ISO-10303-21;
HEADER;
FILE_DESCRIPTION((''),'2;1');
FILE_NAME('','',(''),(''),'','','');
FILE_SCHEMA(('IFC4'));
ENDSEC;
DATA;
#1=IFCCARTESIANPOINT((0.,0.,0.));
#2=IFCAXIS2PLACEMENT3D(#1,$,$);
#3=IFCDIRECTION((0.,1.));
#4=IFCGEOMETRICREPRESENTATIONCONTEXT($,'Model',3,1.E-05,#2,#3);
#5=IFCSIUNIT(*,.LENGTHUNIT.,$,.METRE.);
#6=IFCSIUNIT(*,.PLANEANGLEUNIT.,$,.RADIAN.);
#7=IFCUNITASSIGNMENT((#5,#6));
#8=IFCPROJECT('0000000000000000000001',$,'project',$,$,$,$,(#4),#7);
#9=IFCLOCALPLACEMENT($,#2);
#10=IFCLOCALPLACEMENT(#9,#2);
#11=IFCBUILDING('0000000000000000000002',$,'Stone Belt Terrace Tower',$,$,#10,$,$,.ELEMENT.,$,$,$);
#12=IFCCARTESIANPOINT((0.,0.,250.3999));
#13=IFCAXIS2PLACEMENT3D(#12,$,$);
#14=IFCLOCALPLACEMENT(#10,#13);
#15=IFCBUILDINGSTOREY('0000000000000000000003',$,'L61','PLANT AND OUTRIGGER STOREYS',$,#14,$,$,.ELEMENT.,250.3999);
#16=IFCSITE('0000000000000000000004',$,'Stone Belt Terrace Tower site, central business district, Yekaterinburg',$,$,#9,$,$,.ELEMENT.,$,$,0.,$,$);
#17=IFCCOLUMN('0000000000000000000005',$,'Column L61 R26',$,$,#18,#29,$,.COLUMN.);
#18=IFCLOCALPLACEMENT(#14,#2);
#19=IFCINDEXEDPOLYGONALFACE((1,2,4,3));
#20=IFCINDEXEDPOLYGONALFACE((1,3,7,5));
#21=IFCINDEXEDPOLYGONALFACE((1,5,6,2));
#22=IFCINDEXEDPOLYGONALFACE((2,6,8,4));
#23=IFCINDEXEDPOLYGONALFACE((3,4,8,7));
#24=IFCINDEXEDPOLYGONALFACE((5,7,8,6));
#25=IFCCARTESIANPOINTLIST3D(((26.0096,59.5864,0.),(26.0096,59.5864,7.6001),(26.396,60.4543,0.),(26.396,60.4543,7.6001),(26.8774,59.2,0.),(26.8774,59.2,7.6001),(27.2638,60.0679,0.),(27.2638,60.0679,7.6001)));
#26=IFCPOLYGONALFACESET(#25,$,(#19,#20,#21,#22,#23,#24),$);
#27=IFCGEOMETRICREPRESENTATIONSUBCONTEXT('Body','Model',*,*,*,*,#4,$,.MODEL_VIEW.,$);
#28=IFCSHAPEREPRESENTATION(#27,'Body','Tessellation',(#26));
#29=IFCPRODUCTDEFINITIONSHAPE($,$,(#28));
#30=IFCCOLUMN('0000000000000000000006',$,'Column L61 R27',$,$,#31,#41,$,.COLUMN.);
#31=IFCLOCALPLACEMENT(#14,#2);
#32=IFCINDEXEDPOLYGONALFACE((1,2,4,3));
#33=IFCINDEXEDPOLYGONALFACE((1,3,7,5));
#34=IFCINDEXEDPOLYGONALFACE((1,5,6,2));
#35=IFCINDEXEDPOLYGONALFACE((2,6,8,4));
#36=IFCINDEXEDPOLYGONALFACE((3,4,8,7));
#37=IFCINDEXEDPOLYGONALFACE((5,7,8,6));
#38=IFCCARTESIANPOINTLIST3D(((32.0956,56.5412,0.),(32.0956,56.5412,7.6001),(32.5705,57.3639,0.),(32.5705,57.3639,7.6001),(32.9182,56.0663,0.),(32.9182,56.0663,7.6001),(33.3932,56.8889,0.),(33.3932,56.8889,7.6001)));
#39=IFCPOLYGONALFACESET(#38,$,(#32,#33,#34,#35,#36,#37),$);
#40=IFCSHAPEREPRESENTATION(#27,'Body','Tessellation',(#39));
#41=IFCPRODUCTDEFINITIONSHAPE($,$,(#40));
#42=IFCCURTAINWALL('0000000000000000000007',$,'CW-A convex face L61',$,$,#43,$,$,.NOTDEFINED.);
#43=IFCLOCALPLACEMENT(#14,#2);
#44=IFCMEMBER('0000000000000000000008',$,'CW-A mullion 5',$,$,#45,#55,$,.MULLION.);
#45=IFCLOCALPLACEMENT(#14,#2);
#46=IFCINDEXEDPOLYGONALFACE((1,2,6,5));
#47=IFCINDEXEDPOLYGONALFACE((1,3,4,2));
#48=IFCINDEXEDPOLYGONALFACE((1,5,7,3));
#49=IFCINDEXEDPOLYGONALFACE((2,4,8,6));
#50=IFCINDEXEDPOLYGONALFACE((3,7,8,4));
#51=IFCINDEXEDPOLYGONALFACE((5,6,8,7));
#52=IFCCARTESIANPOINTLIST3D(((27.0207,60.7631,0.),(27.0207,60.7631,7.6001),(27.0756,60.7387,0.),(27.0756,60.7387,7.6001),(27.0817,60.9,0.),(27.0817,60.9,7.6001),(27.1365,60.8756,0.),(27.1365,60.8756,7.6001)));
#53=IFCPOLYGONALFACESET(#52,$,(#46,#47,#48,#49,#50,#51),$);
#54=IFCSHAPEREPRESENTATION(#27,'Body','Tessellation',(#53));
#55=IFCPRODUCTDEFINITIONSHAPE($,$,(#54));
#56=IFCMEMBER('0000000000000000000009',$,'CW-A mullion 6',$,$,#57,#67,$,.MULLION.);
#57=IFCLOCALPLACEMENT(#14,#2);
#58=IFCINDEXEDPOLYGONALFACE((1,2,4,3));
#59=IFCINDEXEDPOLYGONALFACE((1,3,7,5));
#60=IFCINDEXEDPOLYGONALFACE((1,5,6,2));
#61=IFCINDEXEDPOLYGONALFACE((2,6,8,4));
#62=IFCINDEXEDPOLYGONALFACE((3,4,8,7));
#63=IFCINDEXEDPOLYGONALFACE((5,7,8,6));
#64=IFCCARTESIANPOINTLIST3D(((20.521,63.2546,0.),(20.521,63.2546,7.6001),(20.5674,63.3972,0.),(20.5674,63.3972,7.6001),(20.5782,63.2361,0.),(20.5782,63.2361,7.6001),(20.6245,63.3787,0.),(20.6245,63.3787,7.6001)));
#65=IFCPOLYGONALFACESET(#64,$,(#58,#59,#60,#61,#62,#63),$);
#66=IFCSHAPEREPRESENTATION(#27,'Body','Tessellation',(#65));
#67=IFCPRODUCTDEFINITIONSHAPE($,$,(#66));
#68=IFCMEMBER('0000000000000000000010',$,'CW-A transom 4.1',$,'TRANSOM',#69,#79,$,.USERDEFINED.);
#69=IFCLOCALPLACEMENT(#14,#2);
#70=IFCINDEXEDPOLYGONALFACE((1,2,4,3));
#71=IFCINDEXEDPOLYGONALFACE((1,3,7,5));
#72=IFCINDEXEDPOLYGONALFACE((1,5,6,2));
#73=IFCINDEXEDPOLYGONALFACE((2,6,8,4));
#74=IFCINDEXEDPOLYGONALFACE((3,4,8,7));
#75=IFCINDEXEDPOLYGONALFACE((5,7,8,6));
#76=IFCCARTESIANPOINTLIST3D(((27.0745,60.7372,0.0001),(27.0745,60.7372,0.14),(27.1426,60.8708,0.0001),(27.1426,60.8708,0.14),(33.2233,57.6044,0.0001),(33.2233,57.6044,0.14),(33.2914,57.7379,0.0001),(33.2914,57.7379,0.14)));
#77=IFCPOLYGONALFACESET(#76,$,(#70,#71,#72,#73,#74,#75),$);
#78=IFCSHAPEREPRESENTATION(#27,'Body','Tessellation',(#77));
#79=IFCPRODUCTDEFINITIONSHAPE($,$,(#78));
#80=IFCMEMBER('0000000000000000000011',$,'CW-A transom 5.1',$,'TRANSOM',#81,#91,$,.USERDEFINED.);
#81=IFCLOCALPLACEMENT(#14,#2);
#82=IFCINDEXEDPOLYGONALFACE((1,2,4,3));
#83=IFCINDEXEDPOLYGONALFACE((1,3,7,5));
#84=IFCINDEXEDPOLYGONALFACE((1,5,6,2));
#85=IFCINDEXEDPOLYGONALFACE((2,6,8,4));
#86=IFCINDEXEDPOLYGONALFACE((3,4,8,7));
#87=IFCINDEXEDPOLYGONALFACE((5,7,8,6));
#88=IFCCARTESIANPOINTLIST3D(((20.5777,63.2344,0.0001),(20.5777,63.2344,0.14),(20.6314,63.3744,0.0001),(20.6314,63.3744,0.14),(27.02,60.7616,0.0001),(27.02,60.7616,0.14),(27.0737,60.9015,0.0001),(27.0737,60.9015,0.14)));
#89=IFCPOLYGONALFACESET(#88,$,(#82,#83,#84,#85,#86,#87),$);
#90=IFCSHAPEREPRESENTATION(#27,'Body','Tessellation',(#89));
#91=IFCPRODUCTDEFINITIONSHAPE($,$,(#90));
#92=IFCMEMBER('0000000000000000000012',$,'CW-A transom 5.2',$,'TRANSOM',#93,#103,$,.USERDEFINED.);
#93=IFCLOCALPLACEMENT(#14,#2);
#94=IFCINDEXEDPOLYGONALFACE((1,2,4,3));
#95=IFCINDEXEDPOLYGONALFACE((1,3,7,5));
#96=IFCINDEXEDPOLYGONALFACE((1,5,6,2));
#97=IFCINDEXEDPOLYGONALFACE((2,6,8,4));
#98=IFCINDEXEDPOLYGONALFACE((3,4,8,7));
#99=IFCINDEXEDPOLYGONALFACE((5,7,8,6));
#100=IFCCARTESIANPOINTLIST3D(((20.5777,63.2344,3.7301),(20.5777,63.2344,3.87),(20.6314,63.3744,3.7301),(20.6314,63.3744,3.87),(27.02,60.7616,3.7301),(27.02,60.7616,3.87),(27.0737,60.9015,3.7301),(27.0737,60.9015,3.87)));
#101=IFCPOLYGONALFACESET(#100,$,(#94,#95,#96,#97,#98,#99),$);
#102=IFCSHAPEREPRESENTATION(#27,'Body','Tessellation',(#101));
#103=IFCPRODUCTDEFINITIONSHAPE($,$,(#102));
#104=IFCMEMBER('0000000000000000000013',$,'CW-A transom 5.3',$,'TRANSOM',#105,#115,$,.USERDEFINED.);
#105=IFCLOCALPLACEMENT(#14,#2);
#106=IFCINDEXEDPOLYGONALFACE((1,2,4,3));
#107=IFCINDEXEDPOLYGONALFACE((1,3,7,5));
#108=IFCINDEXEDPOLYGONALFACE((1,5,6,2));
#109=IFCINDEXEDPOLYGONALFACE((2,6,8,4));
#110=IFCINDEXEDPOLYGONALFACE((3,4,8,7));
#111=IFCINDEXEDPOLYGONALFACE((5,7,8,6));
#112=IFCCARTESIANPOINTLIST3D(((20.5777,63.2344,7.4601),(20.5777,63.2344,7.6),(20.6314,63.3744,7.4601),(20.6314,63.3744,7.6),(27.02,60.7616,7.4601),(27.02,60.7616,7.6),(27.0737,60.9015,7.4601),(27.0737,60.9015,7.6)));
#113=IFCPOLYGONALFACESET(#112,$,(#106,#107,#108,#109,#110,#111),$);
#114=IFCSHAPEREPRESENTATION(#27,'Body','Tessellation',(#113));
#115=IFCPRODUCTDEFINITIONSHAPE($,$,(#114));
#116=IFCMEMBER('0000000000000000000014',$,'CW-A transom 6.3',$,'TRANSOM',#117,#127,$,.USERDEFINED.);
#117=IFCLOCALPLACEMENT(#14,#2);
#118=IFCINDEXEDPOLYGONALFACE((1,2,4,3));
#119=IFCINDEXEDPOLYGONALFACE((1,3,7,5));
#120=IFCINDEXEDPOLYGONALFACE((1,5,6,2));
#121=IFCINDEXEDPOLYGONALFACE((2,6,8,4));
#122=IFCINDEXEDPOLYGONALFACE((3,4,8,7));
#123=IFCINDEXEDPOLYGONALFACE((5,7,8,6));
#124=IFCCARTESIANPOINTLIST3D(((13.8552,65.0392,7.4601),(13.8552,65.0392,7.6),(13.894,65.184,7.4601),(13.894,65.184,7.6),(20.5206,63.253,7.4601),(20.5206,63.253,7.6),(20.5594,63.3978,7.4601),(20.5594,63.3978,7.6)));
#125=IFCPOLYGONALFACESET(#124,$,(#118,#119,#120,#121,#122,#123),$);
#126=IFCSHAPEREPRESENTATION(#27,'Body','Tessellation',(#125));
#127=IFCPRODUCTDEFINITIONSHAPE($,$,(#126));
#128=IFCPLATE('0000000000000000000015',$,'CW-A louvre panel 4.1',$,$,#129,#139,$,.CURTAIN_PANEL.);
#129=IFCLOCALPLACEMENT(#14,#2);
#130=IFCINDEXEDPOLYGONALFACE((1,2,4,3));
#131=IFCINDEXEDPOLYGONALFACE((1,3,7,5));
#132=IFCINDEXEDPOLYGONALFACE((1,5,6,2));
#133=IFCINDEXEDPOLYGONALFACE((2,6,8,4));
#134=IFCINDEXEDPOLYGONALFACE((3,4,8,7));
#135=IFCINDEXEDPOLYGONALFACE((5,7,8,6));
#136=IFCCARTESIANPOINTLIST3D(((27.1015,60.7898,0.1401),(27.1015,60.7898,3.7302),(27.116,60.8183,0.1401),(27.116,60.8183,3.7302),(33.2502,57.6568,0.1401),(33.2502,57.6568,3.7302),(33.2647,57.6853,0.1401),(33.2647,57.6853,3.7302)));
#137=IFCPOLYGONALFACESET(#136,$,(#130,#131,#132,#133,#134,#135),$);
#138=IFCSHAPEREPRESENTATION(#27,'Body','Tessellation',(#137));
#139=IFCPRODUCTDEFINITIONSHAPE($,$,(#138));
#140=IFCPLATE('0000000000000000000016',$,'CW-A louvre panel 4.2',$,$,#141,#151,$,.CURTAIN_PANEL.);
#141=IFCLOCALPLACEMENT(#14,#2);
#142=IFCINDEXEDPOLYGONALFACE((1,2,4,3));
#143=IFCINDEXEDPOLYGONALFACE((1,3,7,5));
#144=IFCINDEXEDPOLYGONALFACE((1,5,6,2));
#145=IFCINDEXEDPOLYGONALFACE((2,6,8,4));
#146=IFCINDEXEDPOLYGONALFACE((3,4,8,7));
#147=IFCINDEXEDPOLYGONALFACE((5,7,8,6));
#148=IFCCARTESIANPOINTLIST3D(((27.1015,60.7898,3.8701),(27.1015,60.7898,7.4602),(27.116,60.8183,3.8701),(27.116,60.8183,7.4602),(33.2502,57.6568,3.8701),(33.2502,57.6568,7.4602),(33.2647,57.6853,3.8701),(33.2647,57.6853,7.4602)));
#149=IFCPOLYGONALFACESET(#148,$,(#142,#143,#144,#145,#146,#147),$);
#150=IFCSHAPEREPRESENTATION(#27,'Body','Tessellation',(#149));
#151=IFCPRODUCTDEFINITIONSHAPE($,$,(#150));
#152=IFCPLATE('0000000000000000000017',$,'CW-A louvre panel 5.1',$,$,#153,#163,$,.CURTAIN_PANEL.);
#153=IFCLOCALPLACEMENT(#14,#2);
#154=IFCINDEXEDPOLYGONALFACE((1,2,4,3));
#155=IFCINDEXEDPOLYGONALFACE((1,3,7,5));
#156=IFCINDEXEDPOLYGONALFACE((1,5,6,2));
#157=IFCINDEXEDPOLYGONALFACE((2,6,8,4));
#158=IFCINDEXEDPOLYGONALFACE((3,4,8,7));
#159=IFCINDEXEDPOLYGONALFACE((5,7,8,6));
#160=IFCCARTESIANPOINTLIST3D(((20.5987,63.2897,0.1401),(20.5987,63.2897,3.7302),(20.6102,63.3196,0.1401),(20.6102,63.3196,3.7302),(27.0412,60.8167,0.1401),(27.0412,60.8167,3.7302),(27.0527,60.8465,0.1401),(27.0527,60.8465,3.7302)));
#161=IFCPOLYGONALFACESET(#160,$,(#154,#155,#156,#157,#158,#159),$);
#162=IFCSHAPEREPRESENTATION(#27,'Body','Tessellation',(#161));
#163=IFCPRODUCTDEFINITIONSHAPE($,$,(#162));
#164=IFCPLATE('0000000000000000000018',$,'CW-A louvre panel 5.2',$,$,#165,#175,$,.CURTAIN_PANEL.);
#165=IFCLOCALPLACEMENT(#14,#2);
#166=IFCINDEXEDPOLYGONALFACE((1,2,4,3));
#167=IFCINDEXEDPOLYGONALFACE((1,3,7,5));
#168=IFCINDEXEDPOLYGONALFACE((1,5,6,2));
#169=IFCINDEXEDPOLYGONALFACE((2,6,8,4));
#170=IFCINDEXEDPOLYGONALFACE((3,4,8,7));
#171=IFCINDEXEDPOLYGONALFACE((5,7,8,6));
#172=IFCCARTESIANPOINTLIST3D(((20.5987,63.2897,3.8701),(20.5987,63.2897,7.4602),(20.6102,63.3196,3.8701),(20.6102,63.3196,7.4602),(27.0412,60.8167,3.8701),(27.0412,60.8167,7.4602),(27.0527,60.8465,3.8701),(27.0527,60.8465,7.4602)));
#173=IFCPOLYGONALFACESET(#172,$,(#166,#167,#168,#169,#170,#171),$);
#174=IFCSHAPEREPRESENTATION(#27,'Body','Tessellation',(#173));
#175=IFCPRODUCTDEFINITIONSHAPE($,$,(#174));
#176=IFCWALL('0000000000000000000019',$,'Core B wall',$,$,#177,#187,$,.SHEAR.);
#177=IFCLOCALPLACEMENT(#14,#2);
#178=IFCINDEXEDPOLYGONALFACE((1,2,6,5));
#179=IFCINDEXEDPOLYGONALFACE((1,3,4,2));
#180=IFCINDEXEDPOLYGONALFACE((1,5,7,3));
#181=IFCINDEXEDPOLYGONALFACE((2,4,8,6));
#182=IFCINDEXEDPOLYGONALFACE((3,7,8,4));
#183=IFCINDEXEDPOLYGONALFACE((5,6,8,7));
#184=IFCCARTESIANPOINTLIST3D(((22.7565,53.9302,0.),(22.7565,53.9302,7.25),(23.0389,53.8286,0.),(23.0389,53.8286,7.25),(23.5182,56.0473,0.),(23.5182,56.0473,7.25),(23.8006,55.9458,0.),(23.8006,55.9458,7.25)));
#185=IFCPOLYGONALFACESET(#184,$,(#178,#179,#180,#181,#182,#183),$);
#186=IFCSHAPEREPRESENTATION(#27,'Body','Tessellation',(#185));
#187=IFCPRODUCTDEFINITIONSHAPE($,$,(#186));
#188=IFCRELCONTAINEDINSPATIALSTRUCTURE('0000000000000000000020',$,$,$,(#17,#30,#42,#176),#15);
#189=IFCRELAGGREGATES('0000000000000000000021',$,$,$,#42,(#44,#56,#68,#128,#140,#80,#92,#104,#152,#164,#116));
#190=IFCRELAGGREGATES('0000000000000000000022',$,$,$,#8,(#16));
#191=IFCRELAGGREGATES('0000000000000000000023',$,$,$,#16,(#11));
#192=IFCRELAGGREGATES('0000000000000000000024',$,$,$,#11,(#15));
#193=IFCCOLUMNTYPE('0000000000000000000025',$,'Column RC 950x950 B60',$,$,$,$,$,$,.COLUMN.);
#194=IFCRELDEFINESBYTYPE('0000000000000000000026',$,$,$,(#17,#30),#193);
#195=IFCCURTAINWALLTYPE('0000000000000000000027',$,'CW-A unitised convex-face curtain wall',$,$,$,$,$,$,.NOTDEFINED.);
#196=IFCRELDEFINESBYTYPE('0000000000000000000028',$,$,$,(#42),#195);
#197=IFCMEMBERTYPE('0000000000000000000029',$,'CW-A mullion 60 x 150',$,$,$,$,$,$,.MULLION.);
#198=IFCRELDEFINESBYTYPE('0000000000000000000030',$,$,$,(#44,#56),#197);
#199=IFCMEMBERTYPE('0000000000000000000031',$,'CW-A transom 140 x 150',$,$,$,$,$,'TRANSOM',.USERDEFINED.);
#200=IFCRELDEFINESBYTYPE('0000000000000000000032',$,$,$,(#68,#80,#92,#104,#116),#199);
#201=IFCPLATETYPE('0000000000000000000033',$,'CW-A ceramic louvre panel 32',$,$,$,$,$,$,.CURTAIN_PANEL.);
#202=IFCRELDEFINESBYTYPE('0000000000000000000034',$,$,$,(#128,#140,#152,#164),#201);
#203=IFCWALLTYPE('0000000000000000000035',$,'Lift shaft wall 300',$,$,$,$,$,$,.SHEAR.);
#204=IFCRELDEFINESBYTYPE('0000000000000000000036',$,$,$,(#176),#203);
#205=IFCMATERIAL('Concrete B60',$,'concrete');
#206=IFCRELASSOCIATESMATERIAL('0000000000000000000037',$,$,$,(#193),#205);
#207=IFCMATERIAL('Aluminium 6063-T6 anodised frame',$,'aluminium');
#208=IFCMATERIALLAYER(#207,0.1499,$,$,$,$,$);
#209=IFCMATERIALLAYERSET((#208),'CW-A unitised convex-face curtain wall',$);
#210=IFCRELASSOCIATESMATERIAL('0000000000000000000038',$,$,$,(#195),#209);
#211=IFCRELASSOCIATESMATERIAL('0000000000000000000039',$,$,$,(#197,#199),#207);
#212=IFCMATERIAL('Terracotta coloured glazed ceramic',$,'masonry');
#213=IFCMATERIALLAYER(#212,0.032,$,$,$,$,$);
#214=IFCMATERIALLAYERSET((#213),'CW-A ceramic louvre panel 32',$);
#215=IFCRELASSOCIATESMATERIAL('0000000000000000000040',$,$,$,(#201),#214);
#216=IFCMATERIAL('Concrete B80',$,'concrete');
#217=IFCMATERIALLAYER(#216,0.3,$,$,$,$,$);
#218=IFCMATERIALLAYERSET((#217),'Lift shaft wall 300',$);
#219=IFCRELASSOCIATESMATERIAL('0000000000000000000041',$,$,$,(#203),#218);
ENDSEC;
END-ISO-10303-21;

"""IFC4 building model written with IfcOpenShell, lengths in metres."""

from ifc_helpers import new_model, si_unit, direction, frame, frame_2d, origin, origin_2d, place, context, subcontext, project, spatial, rectangle, extrude, material, layer, layer_set, material_profile, profile_set, type_object, element, aggregate, save


model = new_model("IFC4")

# Units and contexts
model_context = context("Model", 3, precision=1e-05, world=origin(), true_north=direction((0.0, 1.0)))
body_context = subcontext(model_context, "Body", "Model", "MODEL_VIEW")
ifc_project = project(units=[si_unit("LENGTHUNIT", "METRE"), si_unit("PLANEANGLEUNIT", "RADIAN")], contexts=[model_context])

# Site, building, storey
site_placement = place(None, origin())
site = spatial("IfcSite", under=ifc_project, at=site_placement, Name="Stone Belt Terrace Tower site, central business district, Yekaterinburg", CompositionType="ELEMENT", RefElevation=0.0)
building_placement = place(site_placement, origin())
building = spatial("IfcBuilding", under=site, at=building_placement, Name="Stone Belt Terrace Tower", CompositionType="ELEMENT")
storey_placement = place(building_placement, frame((0.0, 0.0, 250.3999)))
storey = spatial("IfcBuildingStorey", under=building, at=storey_placement, Name="L61", Description="PLANT AND OUTRIGGER STOREYS", CompositionType="ELEMENT", Elevation=250.3999)

# Columns
ifc_material_1 = material(Name="Concrete B60", Category="concrete")
ifc_material_profile_1 = material_profile(ifc_material_1, rectangle(XDim=0.95, YDim=0.95, at=origin_2d()), Name="RC 950x950")
ifc_profile_set_1 = profile_set([ifc_material_profile_1], Name="Concrete B60")
column_type = type_object("IfcColumnType", Name="Column RC 950x950 B60", PredefinedType="COLUMN", material=ifc_profile_set_1)
for number, where, z_axis, x_axis, name in (
    (1, (26.6367, 59.8271, 0.0), (0.0, 0.0, 1.0), (0.913545, -0.406737, 0.0), "Column L61 R26"),
    (2, (32.7444, 56.7151, 0.0), (0.0, 0.0, 1.0), (0.866025, -0.5, 0.0), "Column L61 R27"),
):
    element("IfcColumn", number, at=place(storey_placement, frame(where, z_axis=z_axis, x_axis=x_axis)), inside=storey, type_object=column_type, Name=name, PredefinedType="COLUMN", context=body_context, shape_type="SweptSolid", body=[
        extrude(rectangle(XDim=0.95, YDim=0.95, at=origin_2d()), origin(), (0.0, 0.0, 1.0), 7.6001),
    ])

# Curtain wall, members, plates
ifc_material_2 = material(Name="Aluminium 6063-T6 anodised frame", Category="aluminium")
ifc_layer_1 = layer(ifc_material_2, 0.1499)
ifc_layer_set_1 = layer_set([ifc_layer_1], Name="CW-A unitised convex-face curtain wall")
curtain_wall_type = type_object("IfcCurtainWallType", Name="CW-A unitised convex-face curtain wall", PredefinedType="NOTDEFINED", material=ifc_layer_set_1)
curtain_wall_placement = place(storey_placement, origin())
curtain_wall = element("IfcCurtainWall", 3, at=curtain_wall_placement, inside=storey, type_object=curtain_wall_type, Name="CW-A convex face L61", PredefinedType="NOTDEFINED")
ifc_material_profile_2 = material_profile(ifc_material_2, rectangle(XDim=0.1499, YDim=0.0601, at=origin_2d()), Name="Aluminium 6063-T6 60x150")
ifc_profile_set_2 = profile_set([ifc_material_profile_2], Name="Aluminium 6063-T6 anodised frame")
member_type_1 = type_object("IfcMemberType", Name="CW-A mullion 60 x 150", PredefinedType="MULLION", material=ifc_profile_set_2)
member_1_placement = place(storey_placement, frame((27.0786, 60.8193, 0.0), z_axis=(0.0, 0.0, 1.0), x_axis=(-0.406737, -0.913545, 0.0)))
member_1 = element("IfcMember", 4, at=member_1_placement, type_object=member_type_1, Name="CW-A mullion 5", PredefinedType="MULLION", context=body_context, shape_type="SweptSolid", body=[
    extrude(rectangle(XDim=0.1499, YDim=0.0601, at=origin_2d()), origin(), (0.0, 0.0, 1.0), 7.6001),
])
member_2_placement = place(storey_placement, frame((20.5728, 63.3167, 0.0), z_axis=(0.0, 0.0, 1.0), x_axis=(-0.309017, -0.951057, 0.0)))
member_2 = element("IfcMember", 5, at=member_2_placement, type_object=member_type_1, Name="CW-A mullion 6", PredefinedType="MULLION", context=body_context, shape_type="SweptSolid", body=[
    extrude(rectangle(XDim=0.1499, YDim=0.0601, at=origin_2d()), origin(), (0.0, 0.0, 1.0), 7.6001),
])
ifc_material_profile_3 = material_profile(ifc_material_2, rectangle(XDim=0.1499, YDim=0.1399, at=origin_2d()), Name="Aluminium 6063-T6 150x140")
ifc_profile_set_3 = profile_set([ifc_material_profile_3], Name="Aluminium 6063-T6 anodised frame")
member_type_2 = type_object("IfcMemberType", Name="CW-A transom 140 x 150", ElementType="TRANSOM", PredefinedType="USERDEFINED", material=ifc_profile_set_3)
member_3_placement = place(storey_placement, frame((33.2573, 57.6711, 0.0701), z_axis=(-0.891012, 0.453979, 0.0), x_axis=(-0.453979, -0.891012, 0.0)))
member_3 = element("IfcMember", 6, at=member_3_placement, type_object=member_type_2, Name="CW-A transom 4.1", ObjectType="TRANSOM", PredefinedType="USERDEFINED", context=body_context, shape_type="SweptSolid", body=[
    extrude(rectangle(XDim=0.1499, YDim=0.1399, at=origin_2d()), origin(), (0.0, 0.0, 1.0), 6.9009),
])
member_4_placement = place(storey_placement, frame((27.0469, 60.8315, 0.0701), z_axis=(-0.933585, 0.358355, 0.0), x_axis=(-0.358355, -0.933585, 0.0)))
member_4 = element("IfcMember", 7, at=member_4_placement, type_object=member_type_2, Name="CW-A transom 5.1", ObjectType="TRANSOM", PredefinedType="USERDEFINED", context=body_context, shape_type="SweptSolid", body=[
    extrude(rectangle(XDim=0.1499, YDim=0.1399, at=origin_2d()), origin(), (0.0, 0.0, 1.0), 6.9006),
])
member_5_placement = place(storey_placement, frame((27.0469, 60.8315, 3.8), z_axis=(-0.933585, 0.358355, 0.0), x_axis=(-0.358355, -0.933585, 0.0)))
member_5 = element("IfcMember", 8, at=member_5_placement, type_object=member_type_2, Name="CW-A transom 5.2", ObjectType="TRANSOM", PredefinedType="USERDEFINED", context=body_context, shape_type="SweptSolid", body=[
    extrude(rectangle(XDim=0.1499, YDim=0.1399, at=origin_2d()), origin(), (0.0, 0.0, 1.0), 6.9006),
])
member_6_placement = place(storey_placement, frame((27.0469, 60.8315, 7.53), z_axis=(-0.933585, 0.358355, 0.0), x_axis=(-0.358355, -0.933585, 0.0)))
member_6 = element("IfcMember", 9, at=member_6_placement, type_object=member_type_2, Name="CW-A transom 5.3", ObjectType="TRANSOM", PredefinedType="USERDEFINED", context=body_context, shape_type="SweptSolid", body=[
    extrude(rectangle(XDim=0.1499, YDim=0.1399, at=origin_2d()), origin(), (0.0, 0.0, 1.0), 6.9006),
])
member_7_placement = place(storey_placement, frame((20.54, 63.3254, 7.53), z_axis=(-0.965922, 0.258834, 0.0), x_axis=(-0.258834, -0.965922, 0.0)))
member_7 = element("IfcMember", 10, at=member_7_placement, type_object=member_type_2, Name="CW-A transom 6.3", ObjectType="TRANSOM", PredefinedType="USERDEFINED", context=body_context, shape_type="SweptSolid", body=[
    extrude(rectangle(XDim=0.1499, YDim=0.1399, at=origin_2d()), origin(), (0.0, 0.0, 1.0), 6.9006),
])
ifc_material_3 = material(Name="Terracotta coloured glazed ceramic", Category="masonry")
ifc_layer_2 = layer(ifc_material_3, 0.032)
ifc_layer_set_2 = layer_set([ifc_layer_2], Name="CW-A ceramic louvre panel 32")
plate_type = type_object("IfcPlateType", Name="CW-A ceramic louvre panel 32", PredefinedType="CURTAIN_PANEL", material=ifc_layer_set_2)
plate_1_placement = place(storey_placement, frame((30.1831, 59.2375, 0.1401), z_axis=(0.0, 0.0, 1.0), x_axis=(-0.891007, 0.45399, 0.0)))
plate_1 = element("IfcPlate", 11, at=plate_1_placement, type_object=plate_type, Name="CW-A louvre panel 4.1", PredefinedType="CURTAIN_PANEL", context=body_context, shape_type="SweptSolid", body=[
    extrude(rectangle(XDim=6.9009, YDim=0.032, at=origin_2d()), origin(), (0.0, 0.0, 1.0), 3.5901),
])
plate_2_placement = place(storey_placement, frame((30.1831, 59.2375, 3.8701), z_axis=(0.0, 0.0, 1.0), x_axis=(-0.891007, 0.45399, 0.0)))
plate_2 = element("IfcPlate", 12, at=plate_2_placement, type_object=plate_type, Name="CW-A louvre panel 4.2", PredefinedType="CURTAIN_PANEL", context=body_context, shape_type="SweptSolid", body=[
    extrude(rectangle(XDim=6.9009, YDim=0.032, at=origin_2d()), origin(), (0.0, 0.0, 1.0), 3.5901),
])
plate_3_placement = place(storey_placement, frame((23.8257, 62.0681, 0.1401), z_axis=(0.0, 0.0, 1.0), x_axis=(-0.93358, 0.358368, 0.0)))
plate_3 = element("IfcPlate", 13, at=plate_3_placement, type_object=plate_type, Name="CW-A louvre panel 5.1", PredefinedType="CURTAIN_PANEL", context=body_context, shape_type="SweptSolid", body=[
    extrude(rectangle(XDim=6.9009, YDim=0.032, at=origin_2d()), origin(), (0.0, 0.0, 1.0), 3.5901),
])
plate_4_placement = place(storey_placement, frame((23.8257, 62.0681, 3.8701), z_axis=(0.0, 0.0, 1.0), x_axis=(-0.93358, 0.358368, 0.0)))
plate_4 = element("IfcPlate", 14, at=plate_4_placement, type_object=plate_type, Name="CW-A louvre panel 5.2", PredefinedType="CURTAIN_PANEL", context=body_context, shape_type="SweptSolid", body=[
    extrude(rectangle(XDim=6.9009, YDim=0.032, at=origin_2d()), origin(), (0.0, 0.0, 1.0), 3.5901),
])
aggregate(curtain_wall, [member_1, member_2, member_3, plate_1, plate_2, member_4, member_5, member_6, plate_3, plate_4, member_7])

# Wall
ifc_material_4 = material(Name="Concrete B80", Category="concrete")
ifc_layer_3 = layer(ifc_material_4, 0.3)
ifc_layer_set_3 = layer_set([ifc_layer_3], Name="Lift shaft wall 300")
wall_type_1 = type_object("IfcWallType", Name="Lift shaft wall 300", PredefinedType="SHEAR", material=ifc_layer_set_3)
wall_1_placement = place(storey_placement, frame((22.8977, 53.8794, 0.0), z_axis=(0.0, 0.0, 1.0), x_axis=(0.338535, 0.940954, 0.0)))
element("IfcWall", 15, at=wall_1_placement, inside=storey, type_object=wall_type_1, Name="Core B wall", PredefinedType="SHEAR", context=body_context, shape_type="SweptSolid", body=[
    extrude(rectangle(XDim=2.25, YDim=0.3, at=frame_2d((1.125, 0.0))), origin(), (0.0, 0.0, 1.0), 7.25),
])

save(model, "model.ifc")
